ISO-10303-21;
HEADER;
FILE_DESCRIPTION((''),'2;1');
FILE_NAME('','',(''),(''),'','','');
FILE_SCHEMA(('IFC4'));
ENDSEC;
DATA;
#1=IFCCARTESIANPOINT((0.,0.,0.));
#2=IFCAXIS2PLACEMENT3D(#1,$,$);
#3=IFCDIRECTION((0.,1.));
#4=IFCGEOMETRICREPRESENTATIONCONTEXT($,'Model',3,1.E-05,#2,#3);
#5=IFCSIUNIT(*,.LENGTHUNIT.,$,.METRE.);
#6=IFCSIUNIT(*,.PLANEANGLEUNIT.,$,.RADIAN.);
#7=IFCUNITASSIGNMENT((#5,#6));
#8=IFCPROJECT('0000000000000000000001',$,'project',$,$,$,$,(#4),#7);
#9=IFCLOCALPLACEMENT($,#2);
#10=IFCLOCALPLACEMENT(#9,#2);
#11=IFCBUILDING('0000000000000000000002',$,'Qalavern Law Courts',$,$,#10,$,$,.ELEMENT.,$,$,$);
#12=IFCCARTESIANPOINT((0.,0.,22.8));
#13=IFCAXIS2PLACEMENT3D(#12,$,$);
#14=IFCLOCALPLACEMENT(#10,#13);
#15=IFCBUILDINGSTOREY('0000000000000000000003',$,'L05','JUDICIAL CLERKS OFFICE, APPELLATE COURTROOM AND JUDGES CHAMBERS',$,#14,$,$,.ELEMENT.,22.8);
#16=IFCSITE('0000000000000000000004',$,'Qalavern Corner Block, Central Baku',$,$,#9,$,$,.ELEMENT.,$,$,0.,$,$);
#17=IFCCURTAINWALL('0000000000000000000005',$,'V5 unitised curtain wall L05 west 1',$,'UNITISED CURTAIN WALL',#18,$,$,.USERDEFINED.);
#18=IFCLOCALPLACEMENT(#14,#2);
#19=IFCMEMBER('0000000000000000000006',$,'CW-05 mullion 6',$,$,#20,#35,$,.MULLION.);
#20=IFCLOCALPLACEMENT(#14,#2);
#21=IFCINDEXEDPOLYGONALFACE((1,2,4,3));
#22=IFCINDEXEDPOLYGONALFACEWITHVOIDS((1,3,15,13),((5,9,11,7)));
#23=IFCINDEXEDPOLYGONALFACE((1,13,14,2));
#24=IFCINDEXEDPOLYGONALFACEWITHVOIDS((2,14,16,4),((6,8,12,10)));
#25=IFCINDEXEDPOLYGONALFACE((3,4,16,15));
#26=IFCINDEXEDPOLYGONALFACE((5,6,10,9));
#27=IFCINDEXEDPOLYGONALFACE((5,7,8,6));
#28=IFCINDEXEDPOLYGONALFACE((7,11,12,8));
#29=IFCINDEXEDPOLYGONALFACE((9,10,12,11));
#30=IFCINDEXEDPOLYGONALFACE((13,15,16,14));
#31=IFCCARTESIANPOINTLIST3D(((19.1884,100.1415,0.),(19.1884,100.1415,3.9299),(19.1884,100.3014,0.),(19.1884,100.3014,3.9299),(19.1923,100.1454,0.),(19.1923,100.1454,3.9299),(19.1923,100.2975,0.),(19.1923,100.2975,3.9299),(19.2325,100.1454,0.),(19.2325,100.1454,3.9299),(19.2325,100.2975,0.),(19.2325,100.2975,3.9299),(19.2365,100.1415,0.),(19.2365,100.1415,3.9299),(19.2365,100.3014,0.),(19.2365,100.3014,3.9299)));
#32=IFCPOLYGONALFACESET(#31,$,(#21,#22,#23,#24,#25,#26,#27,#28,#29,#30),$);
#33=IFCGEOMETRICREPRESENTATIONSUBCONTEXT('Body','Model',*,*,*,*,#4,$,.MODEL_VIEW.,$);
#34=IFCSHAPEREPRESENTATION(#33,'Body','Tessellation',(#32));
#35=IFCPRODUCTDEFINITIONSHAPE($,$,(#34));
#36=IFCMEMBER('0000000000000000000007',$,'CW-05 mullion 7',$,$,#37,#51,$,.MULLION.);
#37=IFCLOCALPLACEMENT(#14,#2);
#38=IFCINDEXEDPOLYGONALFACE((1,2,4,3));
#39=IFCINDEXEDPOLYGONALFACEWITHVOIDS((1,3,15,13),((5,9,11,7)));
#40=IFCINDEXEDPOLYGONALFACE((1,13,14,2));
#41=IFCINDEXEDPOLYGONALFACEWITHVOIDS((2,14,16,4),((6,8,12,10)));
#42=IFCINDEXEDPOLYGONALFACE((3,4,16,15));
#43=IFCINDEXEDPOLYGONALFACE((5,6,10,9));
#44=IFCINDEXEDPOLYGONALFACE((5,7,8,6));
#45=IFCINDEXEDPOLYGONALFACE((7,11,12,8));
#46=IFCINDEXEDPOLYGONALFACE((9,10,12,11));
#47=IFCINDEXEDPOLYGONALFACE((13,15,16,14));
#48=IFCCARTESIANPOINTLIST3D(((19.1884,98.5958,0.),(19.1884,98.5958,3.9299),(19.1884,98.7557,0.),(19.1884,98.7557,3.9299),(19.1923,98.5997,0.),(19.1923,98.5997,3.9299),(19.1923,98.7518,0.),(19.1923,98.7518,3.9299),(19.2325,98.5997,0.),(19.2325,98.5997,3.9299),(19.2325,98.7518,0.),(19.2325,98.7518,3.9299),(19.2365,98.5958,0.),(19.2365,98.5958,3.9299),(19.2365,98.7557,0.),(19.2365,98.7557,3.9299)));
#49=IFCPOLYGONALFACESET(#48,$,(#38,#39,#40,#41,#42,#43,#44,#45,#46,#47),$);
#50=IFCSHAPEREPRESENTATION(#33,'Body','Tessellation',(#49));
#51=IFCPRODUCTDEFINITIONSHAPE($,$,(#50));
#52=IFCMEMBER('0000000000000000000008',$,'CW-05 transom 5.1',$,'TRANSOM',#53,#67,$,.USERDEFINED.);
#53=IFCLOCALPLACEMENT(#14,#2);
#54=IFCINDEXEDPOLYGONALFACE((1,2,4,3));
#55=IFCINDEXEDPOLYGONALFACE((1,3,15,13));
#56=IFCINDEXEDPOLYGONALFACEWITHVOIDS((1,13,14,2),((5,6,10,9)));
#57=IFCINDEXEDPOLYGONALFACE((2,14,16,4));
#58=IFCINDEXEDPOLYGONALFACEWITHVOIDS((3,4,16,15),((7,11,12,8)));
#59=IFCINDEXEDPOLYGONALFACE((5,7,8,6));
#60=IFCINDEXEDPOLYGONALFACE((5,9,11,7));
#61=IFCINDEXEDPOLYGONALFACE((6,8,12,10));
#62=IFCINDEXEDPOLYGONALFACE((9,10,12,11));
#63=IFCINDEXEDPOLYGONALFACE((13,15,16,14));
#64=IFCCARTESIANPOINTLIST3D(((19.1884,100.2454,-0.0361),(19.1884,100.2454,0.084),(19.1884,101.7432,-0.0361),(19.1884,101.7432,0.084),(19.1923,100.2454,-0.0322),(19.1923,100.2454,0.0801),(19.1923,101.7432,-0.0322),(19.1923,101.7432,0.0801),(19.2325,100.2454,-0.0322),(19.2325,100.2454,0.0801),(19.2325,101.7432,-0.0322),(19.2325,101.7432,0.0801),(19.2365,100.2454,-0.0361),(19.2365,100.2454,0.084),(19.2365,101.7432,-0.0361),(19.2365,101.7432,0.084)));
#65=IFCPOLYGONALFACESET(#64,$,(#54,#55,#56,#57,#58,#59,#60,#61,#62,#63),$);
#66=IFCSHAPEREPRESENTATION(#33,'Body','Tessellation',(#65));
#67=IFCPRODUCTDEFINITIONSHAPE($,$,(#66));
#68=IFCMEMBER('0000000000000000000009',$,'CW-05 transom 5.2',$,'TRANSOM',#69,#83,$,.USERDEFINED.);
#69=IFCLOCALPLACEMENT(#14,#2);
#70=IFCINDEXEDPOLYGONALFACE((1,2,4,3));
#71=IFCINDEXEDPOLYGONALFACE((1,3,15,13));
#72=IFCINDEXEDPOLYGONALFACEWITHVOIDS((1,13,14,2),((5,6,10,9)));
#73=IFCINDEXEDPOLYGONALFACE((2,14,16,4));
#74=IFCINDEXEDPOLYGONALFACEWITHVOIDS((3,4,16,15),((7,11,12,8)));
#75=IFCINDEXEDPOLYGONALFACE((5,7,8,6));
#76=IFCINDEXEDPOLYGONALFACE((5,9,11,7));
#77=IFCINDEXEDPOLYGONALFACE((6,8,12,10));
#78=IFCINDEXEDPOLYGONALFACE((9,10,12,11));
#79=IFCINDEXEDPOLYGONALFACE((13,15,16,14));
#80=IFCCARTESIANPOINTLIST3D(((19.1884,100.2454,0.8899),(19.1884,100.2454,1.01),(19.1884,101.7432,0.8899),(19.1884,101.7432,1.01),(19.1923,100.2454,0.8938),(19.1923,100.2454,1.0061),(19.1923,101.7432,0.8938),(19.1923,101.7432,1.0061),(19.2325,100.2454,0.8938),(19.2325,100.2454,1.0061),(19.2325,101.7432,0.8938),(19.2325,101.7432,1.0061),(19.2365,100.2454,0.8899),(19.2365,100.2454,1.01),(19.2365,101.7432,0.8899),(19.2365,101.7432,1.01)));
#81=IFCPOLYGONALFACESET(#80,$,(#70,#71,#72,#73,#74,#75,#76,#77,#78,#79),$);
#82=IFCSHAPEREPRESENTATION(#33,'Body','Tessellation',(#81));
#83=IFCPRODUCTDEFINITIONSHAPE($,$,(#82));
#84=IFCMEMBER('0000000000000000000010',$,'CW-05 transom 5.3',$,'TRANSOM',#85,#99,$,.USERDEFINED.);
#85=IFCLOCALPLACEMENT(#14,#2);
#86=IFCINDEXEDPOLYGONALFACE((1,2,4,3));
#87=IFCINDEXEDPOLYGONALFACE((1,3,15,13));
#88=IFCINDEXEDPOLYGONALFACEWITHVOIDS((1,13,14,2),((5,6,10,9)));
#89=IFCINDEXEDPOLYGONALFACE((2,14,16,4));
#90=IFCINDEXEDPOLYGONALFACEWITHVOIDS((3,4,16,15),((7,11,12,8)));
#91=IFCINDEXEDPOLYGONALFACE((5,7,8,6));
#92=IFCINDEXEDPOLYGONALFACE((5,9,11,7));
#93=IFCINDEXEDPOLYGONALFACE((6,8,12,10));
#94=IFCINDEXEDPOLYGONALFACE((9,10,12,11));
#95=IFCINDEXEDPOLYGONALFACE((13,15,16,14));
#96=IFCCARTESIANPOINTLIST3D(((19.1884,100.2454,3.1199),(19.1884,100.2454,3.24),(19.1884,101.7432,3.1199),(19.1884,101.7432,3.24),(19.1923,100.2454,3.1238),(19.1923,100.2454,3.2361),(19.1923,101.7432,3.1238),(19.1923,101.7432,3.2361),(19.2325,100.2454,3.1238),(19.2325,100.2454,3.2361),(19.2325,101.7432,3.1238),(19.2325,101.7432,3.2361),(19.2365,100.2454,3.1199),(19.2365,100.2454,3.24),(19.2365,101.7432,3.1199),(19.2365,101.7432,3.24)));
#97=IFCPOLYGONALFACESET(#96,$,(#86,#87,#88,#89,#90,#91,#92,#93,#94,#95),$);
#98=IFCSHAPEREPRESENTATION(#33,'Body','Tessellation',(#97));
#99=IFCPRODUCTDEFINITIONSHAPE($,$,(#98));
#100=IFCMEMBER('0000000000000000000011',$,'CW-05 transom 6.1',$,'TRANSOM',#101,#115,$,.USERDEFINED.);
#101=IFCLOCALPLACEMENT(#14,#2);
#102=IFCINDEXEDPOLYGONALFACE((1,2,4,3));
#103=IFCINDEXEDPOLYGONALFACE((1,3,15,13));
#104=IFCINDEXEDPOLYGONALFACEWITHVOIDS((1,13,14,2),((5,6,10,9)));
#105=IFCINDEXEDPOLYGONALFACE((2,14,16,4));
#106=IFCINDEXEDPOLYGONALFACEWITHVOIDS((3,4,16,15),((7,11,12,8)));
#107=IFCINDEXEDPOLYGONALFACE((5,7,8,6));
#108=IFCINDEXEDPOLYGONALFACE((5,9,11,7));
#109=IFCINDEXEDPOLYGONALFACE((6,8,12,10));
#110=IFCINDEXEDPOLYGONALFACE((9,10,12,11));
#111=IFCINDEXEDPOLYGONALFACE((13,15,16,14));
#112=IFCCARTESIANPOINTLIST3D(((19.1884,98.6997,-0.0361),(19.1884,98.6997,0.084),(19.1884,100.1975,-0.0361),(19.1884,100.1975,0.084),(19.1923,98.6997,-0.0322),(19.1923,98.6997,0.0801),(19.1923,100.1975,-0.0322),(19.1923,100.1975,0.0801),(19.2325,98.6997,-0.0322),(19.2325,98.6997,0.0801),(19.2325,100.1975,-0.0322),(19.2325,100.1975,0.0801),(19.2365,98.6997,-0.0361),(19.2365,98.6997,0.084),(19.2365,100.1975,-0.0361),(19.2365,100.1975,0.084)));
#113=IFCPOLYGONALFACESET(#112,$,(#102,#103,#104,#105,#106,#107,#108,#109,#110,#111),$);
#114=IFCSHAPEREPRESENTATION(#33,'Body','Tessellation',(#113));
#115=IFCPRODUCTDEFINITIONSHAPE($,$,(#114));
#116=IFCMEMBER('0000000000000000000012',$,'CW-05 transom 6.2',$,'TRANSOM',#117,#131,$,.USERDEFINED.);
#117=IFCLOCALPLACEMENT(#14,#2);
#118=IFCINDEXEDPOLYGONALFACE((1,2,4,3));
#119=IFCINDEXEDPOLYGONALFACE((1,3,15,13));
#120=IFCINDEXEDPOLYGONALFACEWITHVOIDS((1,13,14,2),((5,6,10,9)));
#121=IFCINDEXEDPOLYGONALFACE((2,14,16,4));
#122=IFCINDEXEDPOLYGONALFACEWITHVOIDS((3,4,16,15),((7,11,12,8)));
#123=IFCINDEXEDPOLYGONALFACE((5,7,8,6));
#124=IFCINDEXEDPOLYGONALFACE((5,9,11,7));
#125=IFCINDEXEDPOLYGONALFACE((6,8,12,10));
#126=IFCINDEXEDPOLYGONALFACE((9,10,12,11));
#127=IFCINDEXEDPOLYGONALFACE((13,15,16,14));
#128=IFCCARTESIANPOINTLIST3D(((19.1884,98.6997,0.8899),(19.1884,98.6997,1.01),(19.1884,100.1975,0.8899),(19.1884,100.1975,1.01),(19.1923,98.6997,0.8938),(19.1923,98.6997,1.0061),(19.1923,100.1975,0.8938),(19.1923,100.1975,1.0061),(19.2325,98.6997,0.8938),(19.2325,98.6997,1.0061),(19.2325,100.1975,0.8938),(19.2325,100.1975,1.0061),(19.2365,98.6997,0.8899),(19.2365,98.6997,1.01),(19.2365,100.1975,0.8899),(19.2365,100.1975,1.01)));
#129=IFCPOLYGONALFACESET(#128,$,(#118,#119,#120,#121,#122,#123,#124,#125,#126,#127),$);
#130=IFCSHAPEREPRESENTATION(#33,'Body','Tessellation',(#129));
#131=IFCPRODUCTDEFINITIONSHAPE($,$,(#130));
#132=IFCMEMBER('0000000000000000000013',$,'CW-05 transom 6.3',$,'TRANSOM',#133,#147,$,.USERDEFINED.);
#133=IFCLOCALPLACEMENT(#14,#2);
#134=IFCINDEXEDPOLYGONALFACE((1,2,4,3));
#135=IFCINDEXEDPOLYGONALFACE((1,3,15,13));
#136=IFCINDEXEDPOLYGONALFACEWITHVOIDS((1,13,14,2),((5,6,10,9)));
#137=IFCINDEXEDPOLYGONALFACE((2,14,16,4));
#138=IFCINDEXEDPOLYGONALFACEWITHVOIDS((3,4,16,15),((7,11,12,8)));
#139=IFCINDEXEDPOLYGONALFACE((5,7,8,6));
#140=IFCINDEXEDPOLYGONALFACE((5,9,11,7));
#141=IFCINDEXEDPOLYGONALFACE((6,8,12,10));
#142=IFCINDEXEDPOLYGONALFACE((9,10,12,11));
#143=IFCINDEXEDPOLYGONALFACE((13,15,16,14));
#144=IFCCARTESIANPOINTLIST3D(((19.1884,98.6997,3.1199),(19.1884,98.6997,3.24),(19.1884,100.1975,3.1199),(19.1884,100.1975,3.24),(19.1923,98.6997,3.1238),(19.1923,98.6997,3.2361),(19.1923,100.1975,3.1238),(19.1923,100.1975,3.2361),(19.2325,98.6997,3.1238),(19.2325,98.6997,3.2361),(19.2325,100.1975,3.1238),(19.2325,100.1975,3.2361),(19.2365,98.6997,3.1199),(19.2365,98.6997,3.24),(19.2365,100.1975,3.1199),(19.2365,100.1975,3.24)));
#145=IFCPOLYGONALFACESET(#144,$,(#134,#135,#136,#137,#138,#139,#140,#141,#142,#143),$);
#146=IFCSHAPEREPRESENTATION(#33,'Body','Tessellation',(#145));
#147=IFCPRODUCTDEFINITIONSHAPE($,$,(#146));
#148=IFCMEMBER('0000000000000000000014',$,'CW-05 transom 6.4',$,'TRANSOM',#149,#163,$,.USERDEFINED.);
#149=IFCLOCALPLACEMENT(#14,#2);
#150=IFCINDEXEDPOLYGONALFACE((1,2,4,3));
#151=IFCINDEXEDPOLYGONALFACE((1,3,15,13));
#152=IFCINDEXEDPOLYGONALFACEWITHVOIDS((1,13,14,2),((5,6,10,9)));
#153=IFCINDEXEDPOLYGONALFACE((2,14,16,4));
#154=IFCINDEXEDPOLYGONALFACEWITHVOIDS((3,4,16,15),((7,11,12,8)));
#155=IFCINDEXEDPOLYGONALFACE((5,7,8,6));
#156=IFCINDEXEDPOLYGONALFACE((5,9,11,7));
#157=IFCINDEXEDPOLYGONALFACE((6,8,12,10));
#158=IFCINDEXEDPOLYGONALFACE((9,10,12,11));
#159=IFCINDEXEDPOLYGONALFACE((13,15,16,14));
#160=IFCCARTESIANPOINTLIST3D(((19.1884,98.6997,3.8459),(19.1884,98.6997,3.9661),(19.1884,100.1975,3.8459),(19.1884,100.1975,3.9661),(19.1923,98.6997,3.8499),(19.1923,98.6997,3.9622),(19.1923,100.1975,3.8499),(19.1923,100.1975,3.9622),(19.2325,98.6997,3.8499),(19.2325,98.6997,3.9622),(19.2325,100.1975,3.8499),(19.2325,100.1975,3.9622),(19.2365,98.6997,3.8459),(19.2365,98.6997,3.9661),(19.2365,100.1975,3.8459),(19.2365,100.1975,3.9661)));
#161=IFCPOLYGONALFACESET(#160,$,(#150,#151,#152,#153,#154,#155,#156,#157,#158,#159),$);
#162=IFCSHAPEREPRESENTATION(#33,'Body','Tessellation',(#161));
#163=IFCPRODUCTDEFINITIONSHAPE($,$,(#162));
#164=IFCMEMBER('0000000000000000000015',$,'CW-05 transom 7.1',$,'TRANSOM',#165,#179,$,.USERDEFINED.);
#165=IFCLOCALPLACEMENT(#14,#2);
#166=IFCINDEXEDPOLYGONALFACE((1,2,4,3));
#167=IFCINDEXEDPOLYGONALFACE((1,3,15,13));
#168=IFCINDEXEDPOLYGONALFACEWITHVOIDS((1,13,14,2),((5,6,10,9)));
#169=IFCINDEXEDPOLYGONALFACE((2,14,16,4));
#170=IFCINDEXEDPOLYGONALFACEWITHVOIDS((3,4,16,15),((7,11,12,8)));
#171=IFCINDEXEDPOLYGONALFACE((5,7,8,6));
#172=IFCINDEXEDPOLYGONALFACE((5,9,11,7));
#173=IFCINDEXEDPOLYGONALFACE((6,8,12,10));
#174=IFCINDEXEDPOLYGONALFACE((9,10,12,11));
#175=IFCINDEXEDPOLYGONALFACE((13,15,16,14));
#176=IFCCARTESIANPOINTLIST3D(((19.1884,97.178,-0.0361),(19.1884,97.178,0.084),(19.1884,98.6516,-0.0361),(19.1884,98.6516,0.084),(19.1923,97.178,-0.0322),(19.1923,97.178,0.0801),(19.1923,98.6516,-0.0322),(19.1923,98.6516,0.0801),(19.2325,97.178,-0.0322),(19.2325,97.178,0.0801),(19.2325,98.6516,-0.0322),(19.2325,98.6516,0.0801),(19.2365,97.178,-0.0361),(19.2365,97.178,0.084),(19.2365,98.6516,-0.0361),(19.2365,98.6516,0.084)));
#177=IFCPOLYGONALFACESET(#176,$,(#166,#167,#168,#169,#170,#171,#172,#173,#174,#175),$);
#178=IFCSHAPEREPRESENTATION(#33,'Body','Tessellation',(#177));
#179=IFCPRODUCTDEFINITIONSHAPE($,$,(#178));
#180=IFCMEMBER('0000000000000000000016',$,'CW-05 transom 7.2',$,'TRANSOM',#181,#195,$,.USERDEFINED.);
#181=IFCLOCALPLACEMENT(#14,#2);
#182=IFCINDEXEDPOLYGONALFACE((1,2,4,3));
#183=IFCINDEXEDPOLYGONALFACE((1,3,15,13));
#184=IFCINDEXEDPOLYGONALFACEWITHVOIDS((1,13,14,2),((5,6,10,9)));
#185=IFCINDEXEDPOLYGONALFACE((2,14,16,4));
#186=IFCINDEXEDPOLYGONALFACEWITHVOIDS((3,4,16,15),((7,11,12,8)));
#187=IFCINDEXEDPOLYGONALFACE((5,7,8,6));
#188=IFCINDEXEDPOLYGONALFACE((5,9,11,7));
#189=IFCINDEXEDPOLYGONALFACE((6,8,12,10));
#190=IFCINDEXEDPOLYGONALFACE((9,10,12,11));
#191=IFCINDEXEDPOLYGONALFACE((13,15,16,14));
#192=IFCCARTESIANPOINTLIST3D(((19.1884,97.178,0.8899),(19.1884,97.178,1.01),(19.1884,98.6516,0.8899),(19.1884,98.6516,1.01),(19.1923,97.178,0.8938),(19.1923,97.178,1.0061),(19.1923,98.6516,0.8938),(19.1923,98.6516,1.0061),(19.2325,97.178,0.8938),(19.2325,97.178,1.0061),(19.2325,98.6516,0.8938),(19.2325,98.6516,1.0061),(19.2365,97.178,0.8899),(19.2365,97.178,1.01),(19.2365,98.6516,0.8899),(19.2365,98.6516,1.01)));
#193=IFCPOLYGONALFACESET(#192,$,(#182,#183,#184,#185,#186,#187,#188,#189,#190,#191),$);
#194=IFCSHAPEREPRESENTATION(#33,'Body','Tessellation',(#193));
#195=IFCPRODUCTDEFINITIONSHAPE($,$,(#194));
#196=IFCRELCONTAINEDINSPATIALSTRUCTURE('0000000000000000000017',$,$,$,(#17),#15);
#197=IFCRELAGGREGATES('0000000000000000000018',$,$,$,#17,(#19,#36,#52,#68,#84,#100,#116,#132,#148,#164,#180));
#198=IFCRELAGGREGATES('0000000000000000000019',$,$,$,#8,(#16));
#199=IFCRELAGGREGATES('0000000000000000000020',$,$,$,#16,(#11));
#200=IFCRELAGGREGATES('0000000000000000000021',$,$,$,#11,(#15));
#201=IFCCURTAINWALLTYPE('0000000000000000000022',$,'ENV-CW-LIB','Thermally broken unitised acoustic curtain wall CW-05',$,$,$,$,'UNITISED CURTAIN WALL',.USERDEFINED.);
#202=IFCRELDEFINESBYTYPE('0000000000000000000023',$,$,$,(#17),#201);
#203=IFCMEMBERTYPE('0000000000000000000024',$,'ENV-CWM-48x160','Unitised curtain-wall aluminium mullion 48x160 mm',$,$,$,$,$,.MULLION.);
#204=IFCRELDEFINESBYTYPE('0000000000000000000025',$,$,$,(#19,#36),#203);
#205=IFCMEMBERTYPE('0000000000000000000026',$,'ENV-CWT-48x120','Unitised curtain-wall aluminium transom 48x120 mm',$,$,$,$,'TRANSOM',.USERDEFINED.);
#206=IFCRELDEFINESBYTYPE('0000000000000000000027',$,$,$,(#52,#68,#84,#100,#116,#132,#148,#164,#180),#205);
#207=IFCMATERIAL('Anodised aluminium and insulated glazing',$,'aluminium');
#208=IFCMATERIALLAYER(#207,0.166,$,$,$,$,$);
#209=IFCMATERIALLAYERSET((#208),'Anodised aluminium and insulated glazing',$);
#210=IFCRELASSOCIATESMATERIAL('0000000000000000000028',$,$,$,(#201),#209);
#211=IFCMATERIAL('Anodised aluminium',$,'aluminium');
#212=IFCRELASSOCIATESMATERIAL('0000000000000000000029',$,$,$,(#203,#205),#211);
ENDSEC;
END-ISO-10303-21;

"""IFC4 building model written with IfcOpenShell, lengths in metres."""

from ifc_helpers import new_model, si_unit, direction, frame, origin, origin_2d, place, context, subcontext, project, spatial, hollow_rectangle, extrude, material, layer, layer_set, material_profile, profile_set, type_object, element, aggregate, save


model = new_model("IFC4")

# Units and contexts
model_context = context("Model", 3, precision=1e-05, world=origin(), true_north=direction((0.0, 1.0)))
body_context = subcontext(model_context, "Body", "Model", "MODEL_VIEW")
ifc_project = project(units=[si_unit("LENGTHUNIT", "METRE"), si_unit("PLANEANGLEUNIT", "RADIAN")], contexts=[model_context])

# Site, building, storey
site_placement = place(None, origin())
site = spatial("IfcSite", under=ifc_project, at=site_placement, Name="Qalavern Corner Block, Central Baku", CompositionType="ELEMENT", RefElevation=0.0)
building_placement = place(site_placement, origin())
building = spatial("IfcBuilding", under=site, at=building_placement, Name="Qalavern Law Courts", CompositionType="ELEMENT")
storey_placement = place(building_placement, frame((0.0, 0.0, 22.8)))
storey = spatial("IfcBuildingStorey", under=building, at=storey_placement, Name="L05", Description="JUDICIAL CLERKS OFFICE, APPELLATE COURTROOM AND JUDGES CHAMBERS", CompositionType="ELEMENT", Elevation=22.8)

# Curtain wall, members
ifc_material_1 = material(Name="Anodised aluminium and insulated glazing", Category="aluminium")
ifc_layer_1 = layer(ifc_material_1, 0.166)
ifc_layer_set_1 = layer_set([ifc_layer_1], Name="Anodised aluminium and insulated glazing")
curtain_wall_type = type_object("IfcCurtainWallType", Name="ENV-CW-LIB", Description="Thermally broken unitised acoustic curtain wall CW-05", ElementType="UNITISED CURTAIN WALL", PredefinedType="USERDEFINED", material=ifc_layer_set_1)
curtain_wall_placement = place(storey_placement, origin())
curtain_wall = element("IfcCurtainWall", 1, at=curtain_wall_placement, inside=storey, type_object=curtain_wall_type, Name="V5 unitised curtain wall L05 west 1", ObjectType="UNITISED CURTAIN WALL", PredefinedType="USERDEFINED")
ifc_material_2 = material(Name="Anodised aluminium", Category="aluminium")
ifc_material_profile_1 = material_profile(ifc_material_2, hollow_rectangle(XDim=0.0481, YDim=0.1599, WallThickness=0.0039, at=origin_2d()), Name="ALU MULLION 48x160")
ifc_profile_set_1 = profile_set([ifc_material_profile_1], Name="Anodised aluminium")
member_type_1 = type_object("IfcMemberType", Name="ENV-CWM-48x160", Description="Unitised curtain-wall aluminium mullion 48x160 mm", PredefinedType="MULLION", material=ifc_profile_set_1)
member_1_placement = place(storey_placement, frame((19.2124, 100.2214, 0.0), z_axis=(0.0, 0.0, 1.0), x_axis=(1.0, 0.0, 0.0)))
member_1 = element("IfcMember", 2, at=member_1_placement, type_object=member_type_1, Name="CW-05 mullion 6", PredefinedType="MULLION", context=body_context, shape_type="SweptSolid", body=[
    extrude(hollow_rectangle(XDim=0.0481, YDim=0.1599, WallThickness=0.0039, at=origin_2d()), origin(), (0.0, 0.0, 1.0), 3.9299),
])
member_2_placement = place(storey_placement, frame((19.2124, 98.6758, 0.0), z_axis=(0.0, 0.0, 1.0), x_axis=(1.0, 0.0, 0.0)))
member_2 = element("IfcMember", 3, at=member_2_placement, type_object=member_type_1, Name="CW-05 mullion 7", PredefinedType="MULLION", context=body_context, shape_type="SweptSolid", body=[
    extrude(hollow_rectangle(XDim=0.0481, YDim=0.1599, WallThickness=0.0039, at=origin_2d()), origin(), (0.0, 0.0, 1.0), 3.9299),
])
ifc_material_profile_2 = material_profile(ifc_material_2, hollow_rectangle(XDim=0.0481, YDim=0.1201, WallThickness=0.0039, at=origin_2d()), Name="ALU TRANSOM 48x120")
ifc_profile_set_2 = profile_set([ifc_material_profile_2], Name="Anodised aluminium")
member_type_2 = type_object("IfcMemberType", Name="ENV-CWT-48x120", Description="Unitised curtain-wall aluminium transom 48x120 mm", ElementType="TRANSOM", PredefinedType="USERDEFINED", material=ifc_profile_set_2)
member_3_placement = place(storey_placement, frame((19.2124, 101.7432, 0.0239), z_axis=(0.0, -1.0, 0.0), x_axis=(1.0, 0.0, 0.0)))
member_3 = element("IfcMember", 4, at=member_3_placement, type_object=member_type_2, Name="CW-05 transom 5.1", ObjectType="TRANSOM", PredefinedType="USERDEFINED", context=body_context, shape_type="SweptSolid", body=[
    extrude(hollow_rectangle(XDim=0.0481, YDim=0.1201, WallThickness=0.0039, at=origin_2d()), origin(), (0.0, 0.0, 1.0), 1.4978),
])
member_4_placement = place(storey_placement, frame((19.2124, 101.7432, 0.95), z_axis=(0.0, -1.0, 0.0), x_axis=(1.0, 0.0, 0.0)))
member_4 = element("IfcMember", 5, at=member_4_placement, type_object=member_type_2, Name="CW-05 transom 5.2", ObjectType="TRANSOM", PredefinedType="USERDEFINED", context=body_context, shape_type="SweptSolid", body=[
    extrude(hollow_rectangle(XDim=0.0481, YDim=0.1201, WallThickness=0.0039, at=origin_2d()), origin(), (0.0, 0.0, 1.0), 1.4978),
])
member_5_placement = place(storey_placement, frame((19.2124, 101.7432, 3.1799), z_axis=(0.0, -1.0, 0.0), x_axis=(1.0, 0.0, 0.0)))
member_5 = element("IfcMember", 6, at=member_5_placement, type_object=member_type_2, Name="CW-05 transom 5.3", ObjectType="TRANSOM", PredefinedType="USERDEFINED", context=body_context, shape_type="SweptSolid", body=[
    extrude(hollow_rectangle(XDim=0.0481, YDim=0.1201, WallThickness=0.0039, at=origin_2d()), origin(), (0.0, 0.0, 1.0), 1.4978),
])
member_6_placement = place(storey_placement, frame((19.2124, 100.1975, 0.0239), z_axis=(0.0, -1.0, 0.0), x_axis=(1.0, 0.0, 0.0)))
member_6 = element("IfcMember", 7, at=member_6_placement, type_object=member_type_2, Name="CW-05 transom 6.1", ObjectType="TRANSOM", PredefinedType="USERDEFINED", context=body_context, shape_type="SweptSolid", body=[
    extrude(hollow_rectangle(XDim=0.0481, YDim=0.1201, WallThickness=0.0039, at=origin_2d()), origin(), (0.0, 0.0, 1.0), 1.4978),
])
member_7_placement = place(storey_placement, frame((19.2124, 100.1975, 0.95), z_axis=(0.0, -1.0, 0.0), x_axis=(1.0, 0.0, 0.0)))
member_7 = element("IfcMember", 8, at=member_7_placement, type_object=member_type_2, Name="CW-05 transom 6.2", ObjectType="TRANSOM", PredefinedType="USERDEFINED", context=body_context, shape_type="SweptSolid", body=[
    extrude(hollow_rectangle(XDim=0.0481, YDim=0.1201, WallThickness=0.0039, at=origin_2d()), origin(), (0.0, 0.0, 1.0), 1.4978),
])
member_8_placement = place(storey_placement, frame((19.2124, 100.1975, 3.1799), z_axis=(0.0, -1.0, 0.0), x_axis=(1.0, 0.0, 0.0)))
member_8 = element("IfcMember", 9, at=member_8_placement, type_object=member_type_2, Name="CW-05 transom 6.3", ObjectType="TRANSOM", PredefinedType="USERDEFINED", context=body_context, shape_type="SweptSolid", body=[
    extrude(hollow_rectangle(XDim=0.0481, YDim=0.1201, WallThickness=0.0039, at=origin_2d()), origin(), (0.0, 0.0, 1.0), 1.4978),
])
member_9_placement = place(storey_placement, frame((19.2124, 100.1975, 3.906), z_axis=(0.0, -1.0, 0.0), x_axis=(1.0, 0.0, 0.0)))
member_9 = element("IfcMember", 10, at=member_9_placement, type_object=member_type_2, Name="CW-05 transom 6.4", ObjectType="TRANSOM", PredefinedType="USERDEFINED", context=body_context, shape_type="SweptSolid", body=[
    extrude(hollow_rectangle(XDim=0.0481, YDim=0.1201, WallThickness=0.0039, at=origin_2d()), origin(), (0.0, 0.0, 1.0), 1.4978),
])
member_10_placement = place(storey_placement, frame((19.2124, 98.6516, 0.0239), z_axis=(0.0, -1.0, 0.0), x_axis=(1.0, 0.0, 0.0)))
member_10 = element("IfcMember", 11, at=member_10_placement, type_object=member_type_2, Name="CW-05 transom 7.1", ObjectType="TRANSOM", PredefinedType="USERDEFINED", context=body_context, shape_type="SweptSolid", body=[
    extrude(hollow_rectangle(XDim=0.0481, YDim=0.1201, WallThickness=0.0039, at=origin_2d()), origin(), (0.0, 0.0, 1.0), 1.4736),
])
member_11_placement = place(storey_placement, frame((19.2124, 98.6516, 0.95), z_axis=(0.0, -1.0, 0.0), x_axis=(1.0, 0.0, 0.0)))
member_11 = element("IfcMember", 12, at=member_11_placement, type_object=member_type_2, Name="CW-05 transom 7.2", ObjectType="TRANSOM", PredefinedType="USERDEFINED", context=body_context, shape_type="SweptSolid", body=[
    extrude(hollow_rectangle(XDim=0.0481, YDim=0.1201, WallThickness=0.0039, at=origin_2d()), origin(), (0.0, 0.0, 1.0), 1.4736),
])
aggregate(curtain_wall, [member_1, member_2, member_3, member_4, member_5, member_6, member_7, member_8, member_9, member_10, member_11])

save(model, "model.ifc")
